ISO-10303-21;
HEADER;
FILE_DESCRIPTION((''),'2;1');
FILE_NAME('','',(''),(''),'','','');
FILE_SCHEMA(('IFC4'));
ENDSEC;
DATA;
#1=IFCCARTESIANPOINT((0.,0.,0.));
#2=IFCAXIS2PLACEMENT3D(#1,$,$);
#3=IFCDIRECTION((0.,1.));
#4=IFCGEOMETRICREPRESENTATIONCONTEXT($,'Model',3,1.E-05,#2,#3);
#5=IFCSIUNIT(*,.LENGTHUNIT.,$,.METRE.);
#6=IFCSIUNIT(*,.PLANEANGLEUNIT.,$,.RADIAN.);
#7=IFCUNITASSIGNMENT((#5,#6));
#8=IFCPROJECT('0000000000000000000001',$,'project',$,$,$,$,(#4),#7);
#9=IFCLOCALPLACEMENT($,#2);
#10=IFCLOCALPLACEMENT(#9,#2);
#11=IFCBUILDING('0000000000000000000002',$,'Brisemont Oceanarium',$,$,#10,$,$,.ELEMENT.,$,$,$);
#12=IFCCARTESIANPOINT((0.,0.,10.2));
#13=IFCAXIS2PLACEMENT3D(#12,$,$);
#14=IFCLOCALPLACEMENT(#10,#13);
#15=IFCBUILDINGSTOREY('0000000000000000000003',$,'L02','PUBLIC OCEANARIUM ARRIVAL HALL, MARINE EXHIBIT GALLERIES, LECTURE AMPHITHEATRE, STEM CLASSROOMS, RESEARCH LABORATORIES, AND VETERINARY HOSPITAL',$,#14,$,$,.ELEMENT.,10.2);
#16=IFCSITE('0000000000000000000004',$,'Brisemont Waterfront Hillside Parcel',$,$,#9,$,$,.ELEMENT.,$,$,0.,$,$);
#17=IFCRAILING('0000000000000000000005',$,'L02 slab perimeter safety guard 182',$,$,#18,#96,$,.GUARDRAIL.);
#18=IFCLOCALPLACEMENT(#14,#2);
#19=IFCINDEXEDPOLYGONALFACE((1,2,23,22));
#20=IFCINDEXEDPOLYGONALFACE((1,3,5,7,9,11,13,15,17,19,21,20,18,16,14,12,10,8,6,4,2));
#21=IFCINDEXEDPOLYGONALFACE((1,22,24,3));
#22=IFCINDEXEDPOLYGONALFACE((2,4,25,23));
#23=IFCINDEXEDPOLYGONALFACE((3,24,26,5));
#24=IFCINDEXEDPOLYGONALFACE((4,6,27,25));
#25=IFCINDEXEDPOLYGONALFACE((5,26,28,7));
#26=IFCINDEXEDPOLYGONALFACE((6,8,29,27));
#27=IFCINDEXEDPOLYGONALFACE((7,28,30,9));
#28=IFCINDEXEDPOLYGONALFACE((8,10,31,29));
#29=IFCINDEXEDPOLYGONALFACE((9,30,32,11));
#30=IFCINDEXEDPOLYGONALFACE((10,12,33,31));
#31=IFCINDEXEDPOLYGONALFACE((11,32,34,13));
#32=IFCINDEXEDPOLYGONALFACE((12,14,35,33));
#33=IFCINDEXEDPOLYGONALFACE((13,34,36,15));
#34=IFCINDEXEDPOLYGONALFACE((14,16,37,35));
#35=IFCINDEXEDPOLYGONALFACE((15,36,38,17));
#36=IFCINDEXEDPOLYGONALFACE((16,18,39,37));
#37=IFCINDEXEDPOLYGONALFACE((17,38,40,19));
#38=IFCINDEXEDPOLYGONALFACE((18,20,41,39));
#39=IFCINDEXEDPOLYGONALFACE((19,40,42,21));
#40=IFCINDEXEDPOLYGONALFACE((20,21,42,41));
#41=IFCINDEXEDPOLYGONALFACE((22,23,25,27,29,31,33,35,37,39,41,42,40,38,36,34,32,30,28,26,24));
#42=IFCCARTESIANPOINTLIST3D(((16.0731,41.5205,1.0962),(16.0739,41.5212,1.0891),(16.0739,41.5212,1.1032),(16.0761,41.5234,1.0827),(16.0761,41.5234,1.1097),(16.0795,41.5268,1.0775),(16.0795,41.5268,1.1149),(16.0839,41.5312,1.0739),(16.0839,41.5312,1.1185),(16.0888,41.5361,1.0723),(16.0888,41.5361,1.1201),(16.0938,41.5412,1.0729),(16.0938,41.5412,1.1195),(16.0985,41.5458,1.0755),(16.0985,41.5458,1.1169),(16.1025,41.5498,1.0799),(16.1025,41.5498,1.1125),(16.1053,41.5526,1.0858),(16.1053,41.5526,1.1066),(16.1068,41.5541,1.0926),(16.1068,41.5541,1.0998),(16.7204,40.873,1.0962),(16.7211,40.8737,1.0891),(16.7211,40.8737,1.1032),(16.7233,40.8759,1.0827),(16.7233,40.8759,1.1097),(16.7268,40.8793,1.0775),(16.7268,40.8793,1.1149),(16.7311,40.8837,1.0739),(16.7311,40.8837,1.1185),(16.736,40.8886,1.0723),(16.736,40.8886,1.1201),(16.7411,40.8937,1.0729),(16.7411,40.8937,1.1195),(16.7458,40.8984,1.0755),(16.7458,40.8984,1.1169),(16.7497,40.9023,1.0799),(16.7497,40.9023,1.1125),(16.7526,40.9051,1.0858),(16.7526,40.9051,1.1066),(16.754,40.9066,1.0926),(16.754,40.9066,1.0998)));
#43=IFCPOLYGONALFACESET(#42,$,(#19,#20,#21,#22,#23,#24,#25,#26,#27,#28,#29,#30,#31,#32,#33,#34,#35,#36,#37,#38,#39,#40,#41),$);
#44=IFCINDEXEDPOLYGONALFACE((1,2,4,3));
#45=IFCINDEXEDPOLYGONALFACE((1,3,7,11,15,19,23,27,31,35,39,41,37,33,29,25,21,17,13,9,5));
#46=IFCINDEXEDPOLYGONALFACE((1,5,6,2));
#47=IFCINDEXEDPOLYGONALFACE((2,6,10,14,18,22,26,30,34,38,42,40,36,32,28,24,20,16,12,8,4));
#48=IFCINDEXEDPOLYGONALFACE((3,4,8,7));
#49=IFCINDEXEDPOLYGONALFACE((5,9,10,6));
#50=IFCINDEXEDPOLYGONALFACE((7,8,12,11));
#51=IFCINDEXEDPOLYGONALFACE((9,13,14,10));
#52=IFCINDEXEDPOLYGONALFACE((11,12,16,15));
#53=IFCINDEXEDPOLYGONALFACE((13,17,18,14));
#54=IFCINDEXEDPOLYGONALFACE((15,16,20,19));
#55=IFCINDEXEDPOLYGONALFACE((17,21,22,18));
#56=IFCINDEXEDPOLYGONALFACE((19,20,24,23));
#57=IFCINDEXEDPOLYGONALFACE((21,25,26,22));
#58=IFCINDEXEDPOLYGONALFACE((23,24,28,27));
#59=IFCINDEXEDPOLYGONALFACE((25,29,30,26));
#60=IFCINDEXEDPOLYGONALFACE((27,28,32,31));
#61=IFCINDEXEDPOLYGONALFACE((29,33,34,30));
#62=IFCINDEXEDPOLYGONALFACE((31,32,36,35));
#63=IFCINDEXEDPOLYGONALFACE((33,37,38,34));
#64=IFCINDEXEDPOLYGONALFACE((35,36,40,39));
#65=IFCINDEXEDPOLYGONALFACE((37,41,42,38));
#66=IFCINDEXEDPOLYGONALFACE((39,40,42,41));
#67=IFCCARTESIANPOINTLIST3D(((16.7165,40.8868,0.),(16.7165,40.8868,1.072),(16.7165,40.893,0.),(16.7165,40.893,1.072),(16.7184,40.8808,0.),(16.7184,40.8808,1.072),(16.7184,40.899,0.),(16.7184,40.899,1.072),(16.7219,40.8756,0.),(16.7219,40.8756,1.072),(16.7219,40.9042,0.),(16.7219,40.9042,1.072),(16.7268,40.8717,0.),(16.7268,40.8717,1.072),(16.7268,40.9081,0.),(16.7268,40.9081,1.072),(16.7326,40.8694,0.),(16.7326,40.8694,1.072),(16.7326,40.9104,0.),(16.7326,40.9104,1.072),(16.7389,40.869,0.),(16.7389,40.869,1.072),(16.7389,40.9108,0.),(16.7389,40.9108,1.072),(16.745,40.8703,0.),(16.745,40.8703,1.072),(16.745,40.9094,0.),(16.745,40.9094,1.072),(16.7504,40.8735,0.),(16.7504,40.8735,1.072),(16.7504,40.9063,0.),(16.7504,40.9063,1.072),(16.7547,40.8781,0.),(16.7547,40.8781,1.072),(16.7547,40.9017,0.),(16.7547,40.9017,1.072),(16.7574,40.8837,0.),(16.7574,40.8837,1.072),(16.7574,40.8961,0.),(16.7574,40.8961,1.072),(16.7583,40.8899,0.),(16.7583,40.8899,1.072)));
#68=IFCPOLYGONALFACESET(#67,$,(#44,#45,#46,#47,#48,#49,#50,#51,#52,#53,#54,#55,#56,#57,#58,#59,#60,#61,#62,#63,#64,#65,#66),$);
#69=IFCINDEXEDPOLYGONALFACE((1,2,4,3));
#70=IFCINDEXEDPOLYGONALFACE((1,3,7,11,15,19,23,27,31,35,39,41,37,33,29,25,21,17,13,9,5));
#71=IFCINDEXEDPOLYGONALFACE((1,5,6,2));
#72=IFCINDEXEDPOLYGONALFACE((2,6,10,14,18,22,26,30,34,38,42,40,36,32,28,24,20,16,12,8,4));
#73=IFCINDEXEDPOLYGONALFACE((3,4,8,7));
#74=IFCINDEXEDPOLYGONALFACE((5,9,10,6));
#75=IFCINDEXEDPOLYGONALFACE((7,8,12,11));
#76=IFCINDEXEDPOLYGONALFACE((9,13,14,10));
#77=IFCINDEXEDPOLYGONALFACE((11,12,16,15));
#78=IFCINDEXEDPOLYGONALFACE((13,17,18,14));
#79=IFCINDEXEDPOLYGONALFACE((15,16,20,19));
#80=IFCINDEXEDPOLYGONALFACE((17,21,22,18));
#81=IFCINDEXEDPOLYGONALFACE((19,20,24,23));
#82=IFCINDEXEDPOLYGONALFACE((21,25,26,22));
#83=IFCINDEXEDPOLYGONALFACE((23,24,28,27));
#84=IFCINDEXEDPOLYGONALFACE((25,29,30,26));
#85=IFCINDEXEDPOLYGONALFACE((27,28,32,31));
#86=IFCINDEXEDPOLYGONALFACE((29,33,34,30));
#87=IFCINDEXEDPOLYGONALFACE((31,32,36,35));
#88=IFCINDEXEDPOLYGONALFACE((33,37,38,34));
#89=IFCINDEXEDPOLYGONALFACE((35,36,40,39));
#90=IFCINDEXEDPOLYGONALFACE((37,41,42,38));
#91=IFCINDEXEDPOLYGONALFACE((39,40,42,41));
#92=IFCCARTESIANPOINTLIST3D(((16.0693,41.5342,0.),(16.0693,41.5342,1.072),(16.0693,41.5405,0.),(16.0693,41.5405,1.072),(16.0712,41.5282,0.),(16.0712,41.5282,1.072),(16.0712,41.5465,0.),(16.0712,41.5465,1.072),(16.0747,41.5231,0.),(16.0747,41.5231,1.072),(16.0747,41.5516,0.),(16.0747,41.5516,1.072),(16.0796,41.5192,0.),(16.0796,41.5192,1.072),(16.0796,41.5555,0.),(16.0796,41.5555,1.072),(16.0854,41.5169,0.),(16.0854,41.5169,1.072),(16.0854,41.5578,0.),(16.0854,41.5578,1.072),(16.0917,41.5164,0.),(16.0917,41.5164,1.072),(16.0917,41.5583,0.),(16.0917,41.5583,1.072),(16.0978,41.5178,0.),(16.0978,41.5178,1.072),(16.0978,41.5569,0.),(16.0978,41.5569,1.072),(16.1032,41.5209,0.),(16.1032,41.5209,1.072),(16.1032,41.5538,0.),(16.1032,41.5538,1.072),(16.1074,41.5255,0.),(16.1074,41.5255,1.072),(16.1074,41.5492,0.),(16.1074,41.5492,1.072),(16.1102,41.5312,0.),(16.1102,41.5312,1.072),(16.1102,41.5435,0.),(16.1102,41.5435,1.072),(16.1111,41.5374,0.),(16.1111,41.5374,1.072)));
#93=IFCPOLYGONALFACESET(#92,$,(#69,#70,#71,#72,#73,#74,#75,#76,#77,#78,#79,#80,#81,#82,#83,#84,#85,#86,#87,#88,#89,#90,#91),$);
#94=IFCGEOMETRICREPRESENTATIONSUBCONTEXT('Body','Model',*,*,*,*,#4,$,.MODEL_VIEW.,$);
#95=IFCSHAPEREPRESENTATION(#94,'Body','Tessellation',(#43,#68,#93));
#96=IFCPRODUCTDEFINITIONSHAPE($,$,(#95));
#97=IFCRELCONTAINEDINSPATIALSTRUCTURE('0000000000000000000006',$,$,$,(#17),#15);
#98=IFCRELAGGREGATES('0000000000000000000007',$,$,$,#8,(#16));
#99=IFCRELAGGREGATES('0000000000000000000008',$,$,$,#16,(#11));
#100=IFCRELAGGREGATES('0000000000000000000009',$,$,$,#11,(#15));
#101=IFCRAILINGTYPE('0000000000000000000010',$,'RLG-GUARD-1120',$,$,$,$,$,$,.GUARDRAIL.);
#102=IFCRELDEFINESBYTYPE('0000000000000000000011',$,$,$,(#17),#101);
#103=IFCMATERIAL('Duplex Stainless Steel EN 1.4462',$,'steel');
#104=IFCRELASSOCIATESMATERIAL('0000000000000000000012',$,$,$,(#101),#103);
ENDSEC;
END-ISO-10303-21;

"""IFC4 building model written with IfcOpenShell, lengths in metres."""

from ifc_helpers import new_model, si_unit, direction, frame, origin, origin_2d, place, context, subcontext, project, spatial, circle, extrude, material, type_object, element, save


model = new_model("IFC4")

# Units and contexts
model_context = context("Model", 3, precision=1e-05, world=origin(), true_north=direction((0.0, 1.0)))
body_context = subcontext(model_context, "Body", "Model", "MODEL_VIEW")
ifc_project = project(units=[si_unit("LENGTHUNIT", "METRE"), si_unit("PLANEANGLEUNIT", "RADIAN")], contexts=[model_context])

# Site, building, storey
site_placement = place(None, origin())
site = spatial("IfcSite", under=ifc_project, at=site_placement, Name="Brisemont Waterfront Hillside Parcel", CompositionType="ELEMENT", RefElevation=0.0)
building_placement = place(site_placement, origin())
building = spatial("IfcBuilding", under=site, at=building_placement, Name="Brisemont Oceanarium", CompositionType="ELEMENT")
storey_placement = place(building_placement, frame((0.0, 0.0, 10.2)))
storey = spatial("IfcBuildingStorey", under=building, at=storey_placement, Name="L02", Description="PUBLIC OCEANARIUM ARRIVAL HALL, MARINE EXHIBIT GALLERIES, LECTURE AMPHITHEATRE, STEM CLASSROOMS, RESEARCH LABORATORIES, AND VETERINARY HOSPITAL", CompositionType="ELEMENT", Elevation=10.2)

# Railing
ifc_material_1 = material(Name="Duplex Stainless Steel EN 1.4462", Category="steel")
railing_type_1 = type_object("IfcRailingType", Name="RLG-GUARD-1120", PredefinedType="GUARDRAIL", material=ifc_material_1)
railing_1_placement = place(storey_placement, frame((16.7373, 40.8899, 0.0)))
element("IfcRailing", 1, at=railing_1_placement, inside=storey, type_object=railing_type_1, Name="L02 slab perimeter safety guard 182", PredefinedType="GUARDRAIL", context=body_context, shape_type="SweptSolid", body=[
    extrude(circle(Radius=0.0239, at=origin_2d()), frame((0.0, 0.0, 1.0962), z_axis=(-0.706973, 0.70724, 0.0), x_axis=(-0.70724, -0.706973, 0.0)), (0.0, 0.0, 1.0), 0.9155),
    extrude(circle(Radius=0.021, at=origin_2d()), origin(), (0.0, 0.0, 1.0), 1.072),
    extrude(circle(Radius=0.021, at=origin_2d()), frame((-0.6472, 0.6475, 0.0)), (0.0, 0.0, 1.0), 1.072),
])

save(model, "model.ifc")
